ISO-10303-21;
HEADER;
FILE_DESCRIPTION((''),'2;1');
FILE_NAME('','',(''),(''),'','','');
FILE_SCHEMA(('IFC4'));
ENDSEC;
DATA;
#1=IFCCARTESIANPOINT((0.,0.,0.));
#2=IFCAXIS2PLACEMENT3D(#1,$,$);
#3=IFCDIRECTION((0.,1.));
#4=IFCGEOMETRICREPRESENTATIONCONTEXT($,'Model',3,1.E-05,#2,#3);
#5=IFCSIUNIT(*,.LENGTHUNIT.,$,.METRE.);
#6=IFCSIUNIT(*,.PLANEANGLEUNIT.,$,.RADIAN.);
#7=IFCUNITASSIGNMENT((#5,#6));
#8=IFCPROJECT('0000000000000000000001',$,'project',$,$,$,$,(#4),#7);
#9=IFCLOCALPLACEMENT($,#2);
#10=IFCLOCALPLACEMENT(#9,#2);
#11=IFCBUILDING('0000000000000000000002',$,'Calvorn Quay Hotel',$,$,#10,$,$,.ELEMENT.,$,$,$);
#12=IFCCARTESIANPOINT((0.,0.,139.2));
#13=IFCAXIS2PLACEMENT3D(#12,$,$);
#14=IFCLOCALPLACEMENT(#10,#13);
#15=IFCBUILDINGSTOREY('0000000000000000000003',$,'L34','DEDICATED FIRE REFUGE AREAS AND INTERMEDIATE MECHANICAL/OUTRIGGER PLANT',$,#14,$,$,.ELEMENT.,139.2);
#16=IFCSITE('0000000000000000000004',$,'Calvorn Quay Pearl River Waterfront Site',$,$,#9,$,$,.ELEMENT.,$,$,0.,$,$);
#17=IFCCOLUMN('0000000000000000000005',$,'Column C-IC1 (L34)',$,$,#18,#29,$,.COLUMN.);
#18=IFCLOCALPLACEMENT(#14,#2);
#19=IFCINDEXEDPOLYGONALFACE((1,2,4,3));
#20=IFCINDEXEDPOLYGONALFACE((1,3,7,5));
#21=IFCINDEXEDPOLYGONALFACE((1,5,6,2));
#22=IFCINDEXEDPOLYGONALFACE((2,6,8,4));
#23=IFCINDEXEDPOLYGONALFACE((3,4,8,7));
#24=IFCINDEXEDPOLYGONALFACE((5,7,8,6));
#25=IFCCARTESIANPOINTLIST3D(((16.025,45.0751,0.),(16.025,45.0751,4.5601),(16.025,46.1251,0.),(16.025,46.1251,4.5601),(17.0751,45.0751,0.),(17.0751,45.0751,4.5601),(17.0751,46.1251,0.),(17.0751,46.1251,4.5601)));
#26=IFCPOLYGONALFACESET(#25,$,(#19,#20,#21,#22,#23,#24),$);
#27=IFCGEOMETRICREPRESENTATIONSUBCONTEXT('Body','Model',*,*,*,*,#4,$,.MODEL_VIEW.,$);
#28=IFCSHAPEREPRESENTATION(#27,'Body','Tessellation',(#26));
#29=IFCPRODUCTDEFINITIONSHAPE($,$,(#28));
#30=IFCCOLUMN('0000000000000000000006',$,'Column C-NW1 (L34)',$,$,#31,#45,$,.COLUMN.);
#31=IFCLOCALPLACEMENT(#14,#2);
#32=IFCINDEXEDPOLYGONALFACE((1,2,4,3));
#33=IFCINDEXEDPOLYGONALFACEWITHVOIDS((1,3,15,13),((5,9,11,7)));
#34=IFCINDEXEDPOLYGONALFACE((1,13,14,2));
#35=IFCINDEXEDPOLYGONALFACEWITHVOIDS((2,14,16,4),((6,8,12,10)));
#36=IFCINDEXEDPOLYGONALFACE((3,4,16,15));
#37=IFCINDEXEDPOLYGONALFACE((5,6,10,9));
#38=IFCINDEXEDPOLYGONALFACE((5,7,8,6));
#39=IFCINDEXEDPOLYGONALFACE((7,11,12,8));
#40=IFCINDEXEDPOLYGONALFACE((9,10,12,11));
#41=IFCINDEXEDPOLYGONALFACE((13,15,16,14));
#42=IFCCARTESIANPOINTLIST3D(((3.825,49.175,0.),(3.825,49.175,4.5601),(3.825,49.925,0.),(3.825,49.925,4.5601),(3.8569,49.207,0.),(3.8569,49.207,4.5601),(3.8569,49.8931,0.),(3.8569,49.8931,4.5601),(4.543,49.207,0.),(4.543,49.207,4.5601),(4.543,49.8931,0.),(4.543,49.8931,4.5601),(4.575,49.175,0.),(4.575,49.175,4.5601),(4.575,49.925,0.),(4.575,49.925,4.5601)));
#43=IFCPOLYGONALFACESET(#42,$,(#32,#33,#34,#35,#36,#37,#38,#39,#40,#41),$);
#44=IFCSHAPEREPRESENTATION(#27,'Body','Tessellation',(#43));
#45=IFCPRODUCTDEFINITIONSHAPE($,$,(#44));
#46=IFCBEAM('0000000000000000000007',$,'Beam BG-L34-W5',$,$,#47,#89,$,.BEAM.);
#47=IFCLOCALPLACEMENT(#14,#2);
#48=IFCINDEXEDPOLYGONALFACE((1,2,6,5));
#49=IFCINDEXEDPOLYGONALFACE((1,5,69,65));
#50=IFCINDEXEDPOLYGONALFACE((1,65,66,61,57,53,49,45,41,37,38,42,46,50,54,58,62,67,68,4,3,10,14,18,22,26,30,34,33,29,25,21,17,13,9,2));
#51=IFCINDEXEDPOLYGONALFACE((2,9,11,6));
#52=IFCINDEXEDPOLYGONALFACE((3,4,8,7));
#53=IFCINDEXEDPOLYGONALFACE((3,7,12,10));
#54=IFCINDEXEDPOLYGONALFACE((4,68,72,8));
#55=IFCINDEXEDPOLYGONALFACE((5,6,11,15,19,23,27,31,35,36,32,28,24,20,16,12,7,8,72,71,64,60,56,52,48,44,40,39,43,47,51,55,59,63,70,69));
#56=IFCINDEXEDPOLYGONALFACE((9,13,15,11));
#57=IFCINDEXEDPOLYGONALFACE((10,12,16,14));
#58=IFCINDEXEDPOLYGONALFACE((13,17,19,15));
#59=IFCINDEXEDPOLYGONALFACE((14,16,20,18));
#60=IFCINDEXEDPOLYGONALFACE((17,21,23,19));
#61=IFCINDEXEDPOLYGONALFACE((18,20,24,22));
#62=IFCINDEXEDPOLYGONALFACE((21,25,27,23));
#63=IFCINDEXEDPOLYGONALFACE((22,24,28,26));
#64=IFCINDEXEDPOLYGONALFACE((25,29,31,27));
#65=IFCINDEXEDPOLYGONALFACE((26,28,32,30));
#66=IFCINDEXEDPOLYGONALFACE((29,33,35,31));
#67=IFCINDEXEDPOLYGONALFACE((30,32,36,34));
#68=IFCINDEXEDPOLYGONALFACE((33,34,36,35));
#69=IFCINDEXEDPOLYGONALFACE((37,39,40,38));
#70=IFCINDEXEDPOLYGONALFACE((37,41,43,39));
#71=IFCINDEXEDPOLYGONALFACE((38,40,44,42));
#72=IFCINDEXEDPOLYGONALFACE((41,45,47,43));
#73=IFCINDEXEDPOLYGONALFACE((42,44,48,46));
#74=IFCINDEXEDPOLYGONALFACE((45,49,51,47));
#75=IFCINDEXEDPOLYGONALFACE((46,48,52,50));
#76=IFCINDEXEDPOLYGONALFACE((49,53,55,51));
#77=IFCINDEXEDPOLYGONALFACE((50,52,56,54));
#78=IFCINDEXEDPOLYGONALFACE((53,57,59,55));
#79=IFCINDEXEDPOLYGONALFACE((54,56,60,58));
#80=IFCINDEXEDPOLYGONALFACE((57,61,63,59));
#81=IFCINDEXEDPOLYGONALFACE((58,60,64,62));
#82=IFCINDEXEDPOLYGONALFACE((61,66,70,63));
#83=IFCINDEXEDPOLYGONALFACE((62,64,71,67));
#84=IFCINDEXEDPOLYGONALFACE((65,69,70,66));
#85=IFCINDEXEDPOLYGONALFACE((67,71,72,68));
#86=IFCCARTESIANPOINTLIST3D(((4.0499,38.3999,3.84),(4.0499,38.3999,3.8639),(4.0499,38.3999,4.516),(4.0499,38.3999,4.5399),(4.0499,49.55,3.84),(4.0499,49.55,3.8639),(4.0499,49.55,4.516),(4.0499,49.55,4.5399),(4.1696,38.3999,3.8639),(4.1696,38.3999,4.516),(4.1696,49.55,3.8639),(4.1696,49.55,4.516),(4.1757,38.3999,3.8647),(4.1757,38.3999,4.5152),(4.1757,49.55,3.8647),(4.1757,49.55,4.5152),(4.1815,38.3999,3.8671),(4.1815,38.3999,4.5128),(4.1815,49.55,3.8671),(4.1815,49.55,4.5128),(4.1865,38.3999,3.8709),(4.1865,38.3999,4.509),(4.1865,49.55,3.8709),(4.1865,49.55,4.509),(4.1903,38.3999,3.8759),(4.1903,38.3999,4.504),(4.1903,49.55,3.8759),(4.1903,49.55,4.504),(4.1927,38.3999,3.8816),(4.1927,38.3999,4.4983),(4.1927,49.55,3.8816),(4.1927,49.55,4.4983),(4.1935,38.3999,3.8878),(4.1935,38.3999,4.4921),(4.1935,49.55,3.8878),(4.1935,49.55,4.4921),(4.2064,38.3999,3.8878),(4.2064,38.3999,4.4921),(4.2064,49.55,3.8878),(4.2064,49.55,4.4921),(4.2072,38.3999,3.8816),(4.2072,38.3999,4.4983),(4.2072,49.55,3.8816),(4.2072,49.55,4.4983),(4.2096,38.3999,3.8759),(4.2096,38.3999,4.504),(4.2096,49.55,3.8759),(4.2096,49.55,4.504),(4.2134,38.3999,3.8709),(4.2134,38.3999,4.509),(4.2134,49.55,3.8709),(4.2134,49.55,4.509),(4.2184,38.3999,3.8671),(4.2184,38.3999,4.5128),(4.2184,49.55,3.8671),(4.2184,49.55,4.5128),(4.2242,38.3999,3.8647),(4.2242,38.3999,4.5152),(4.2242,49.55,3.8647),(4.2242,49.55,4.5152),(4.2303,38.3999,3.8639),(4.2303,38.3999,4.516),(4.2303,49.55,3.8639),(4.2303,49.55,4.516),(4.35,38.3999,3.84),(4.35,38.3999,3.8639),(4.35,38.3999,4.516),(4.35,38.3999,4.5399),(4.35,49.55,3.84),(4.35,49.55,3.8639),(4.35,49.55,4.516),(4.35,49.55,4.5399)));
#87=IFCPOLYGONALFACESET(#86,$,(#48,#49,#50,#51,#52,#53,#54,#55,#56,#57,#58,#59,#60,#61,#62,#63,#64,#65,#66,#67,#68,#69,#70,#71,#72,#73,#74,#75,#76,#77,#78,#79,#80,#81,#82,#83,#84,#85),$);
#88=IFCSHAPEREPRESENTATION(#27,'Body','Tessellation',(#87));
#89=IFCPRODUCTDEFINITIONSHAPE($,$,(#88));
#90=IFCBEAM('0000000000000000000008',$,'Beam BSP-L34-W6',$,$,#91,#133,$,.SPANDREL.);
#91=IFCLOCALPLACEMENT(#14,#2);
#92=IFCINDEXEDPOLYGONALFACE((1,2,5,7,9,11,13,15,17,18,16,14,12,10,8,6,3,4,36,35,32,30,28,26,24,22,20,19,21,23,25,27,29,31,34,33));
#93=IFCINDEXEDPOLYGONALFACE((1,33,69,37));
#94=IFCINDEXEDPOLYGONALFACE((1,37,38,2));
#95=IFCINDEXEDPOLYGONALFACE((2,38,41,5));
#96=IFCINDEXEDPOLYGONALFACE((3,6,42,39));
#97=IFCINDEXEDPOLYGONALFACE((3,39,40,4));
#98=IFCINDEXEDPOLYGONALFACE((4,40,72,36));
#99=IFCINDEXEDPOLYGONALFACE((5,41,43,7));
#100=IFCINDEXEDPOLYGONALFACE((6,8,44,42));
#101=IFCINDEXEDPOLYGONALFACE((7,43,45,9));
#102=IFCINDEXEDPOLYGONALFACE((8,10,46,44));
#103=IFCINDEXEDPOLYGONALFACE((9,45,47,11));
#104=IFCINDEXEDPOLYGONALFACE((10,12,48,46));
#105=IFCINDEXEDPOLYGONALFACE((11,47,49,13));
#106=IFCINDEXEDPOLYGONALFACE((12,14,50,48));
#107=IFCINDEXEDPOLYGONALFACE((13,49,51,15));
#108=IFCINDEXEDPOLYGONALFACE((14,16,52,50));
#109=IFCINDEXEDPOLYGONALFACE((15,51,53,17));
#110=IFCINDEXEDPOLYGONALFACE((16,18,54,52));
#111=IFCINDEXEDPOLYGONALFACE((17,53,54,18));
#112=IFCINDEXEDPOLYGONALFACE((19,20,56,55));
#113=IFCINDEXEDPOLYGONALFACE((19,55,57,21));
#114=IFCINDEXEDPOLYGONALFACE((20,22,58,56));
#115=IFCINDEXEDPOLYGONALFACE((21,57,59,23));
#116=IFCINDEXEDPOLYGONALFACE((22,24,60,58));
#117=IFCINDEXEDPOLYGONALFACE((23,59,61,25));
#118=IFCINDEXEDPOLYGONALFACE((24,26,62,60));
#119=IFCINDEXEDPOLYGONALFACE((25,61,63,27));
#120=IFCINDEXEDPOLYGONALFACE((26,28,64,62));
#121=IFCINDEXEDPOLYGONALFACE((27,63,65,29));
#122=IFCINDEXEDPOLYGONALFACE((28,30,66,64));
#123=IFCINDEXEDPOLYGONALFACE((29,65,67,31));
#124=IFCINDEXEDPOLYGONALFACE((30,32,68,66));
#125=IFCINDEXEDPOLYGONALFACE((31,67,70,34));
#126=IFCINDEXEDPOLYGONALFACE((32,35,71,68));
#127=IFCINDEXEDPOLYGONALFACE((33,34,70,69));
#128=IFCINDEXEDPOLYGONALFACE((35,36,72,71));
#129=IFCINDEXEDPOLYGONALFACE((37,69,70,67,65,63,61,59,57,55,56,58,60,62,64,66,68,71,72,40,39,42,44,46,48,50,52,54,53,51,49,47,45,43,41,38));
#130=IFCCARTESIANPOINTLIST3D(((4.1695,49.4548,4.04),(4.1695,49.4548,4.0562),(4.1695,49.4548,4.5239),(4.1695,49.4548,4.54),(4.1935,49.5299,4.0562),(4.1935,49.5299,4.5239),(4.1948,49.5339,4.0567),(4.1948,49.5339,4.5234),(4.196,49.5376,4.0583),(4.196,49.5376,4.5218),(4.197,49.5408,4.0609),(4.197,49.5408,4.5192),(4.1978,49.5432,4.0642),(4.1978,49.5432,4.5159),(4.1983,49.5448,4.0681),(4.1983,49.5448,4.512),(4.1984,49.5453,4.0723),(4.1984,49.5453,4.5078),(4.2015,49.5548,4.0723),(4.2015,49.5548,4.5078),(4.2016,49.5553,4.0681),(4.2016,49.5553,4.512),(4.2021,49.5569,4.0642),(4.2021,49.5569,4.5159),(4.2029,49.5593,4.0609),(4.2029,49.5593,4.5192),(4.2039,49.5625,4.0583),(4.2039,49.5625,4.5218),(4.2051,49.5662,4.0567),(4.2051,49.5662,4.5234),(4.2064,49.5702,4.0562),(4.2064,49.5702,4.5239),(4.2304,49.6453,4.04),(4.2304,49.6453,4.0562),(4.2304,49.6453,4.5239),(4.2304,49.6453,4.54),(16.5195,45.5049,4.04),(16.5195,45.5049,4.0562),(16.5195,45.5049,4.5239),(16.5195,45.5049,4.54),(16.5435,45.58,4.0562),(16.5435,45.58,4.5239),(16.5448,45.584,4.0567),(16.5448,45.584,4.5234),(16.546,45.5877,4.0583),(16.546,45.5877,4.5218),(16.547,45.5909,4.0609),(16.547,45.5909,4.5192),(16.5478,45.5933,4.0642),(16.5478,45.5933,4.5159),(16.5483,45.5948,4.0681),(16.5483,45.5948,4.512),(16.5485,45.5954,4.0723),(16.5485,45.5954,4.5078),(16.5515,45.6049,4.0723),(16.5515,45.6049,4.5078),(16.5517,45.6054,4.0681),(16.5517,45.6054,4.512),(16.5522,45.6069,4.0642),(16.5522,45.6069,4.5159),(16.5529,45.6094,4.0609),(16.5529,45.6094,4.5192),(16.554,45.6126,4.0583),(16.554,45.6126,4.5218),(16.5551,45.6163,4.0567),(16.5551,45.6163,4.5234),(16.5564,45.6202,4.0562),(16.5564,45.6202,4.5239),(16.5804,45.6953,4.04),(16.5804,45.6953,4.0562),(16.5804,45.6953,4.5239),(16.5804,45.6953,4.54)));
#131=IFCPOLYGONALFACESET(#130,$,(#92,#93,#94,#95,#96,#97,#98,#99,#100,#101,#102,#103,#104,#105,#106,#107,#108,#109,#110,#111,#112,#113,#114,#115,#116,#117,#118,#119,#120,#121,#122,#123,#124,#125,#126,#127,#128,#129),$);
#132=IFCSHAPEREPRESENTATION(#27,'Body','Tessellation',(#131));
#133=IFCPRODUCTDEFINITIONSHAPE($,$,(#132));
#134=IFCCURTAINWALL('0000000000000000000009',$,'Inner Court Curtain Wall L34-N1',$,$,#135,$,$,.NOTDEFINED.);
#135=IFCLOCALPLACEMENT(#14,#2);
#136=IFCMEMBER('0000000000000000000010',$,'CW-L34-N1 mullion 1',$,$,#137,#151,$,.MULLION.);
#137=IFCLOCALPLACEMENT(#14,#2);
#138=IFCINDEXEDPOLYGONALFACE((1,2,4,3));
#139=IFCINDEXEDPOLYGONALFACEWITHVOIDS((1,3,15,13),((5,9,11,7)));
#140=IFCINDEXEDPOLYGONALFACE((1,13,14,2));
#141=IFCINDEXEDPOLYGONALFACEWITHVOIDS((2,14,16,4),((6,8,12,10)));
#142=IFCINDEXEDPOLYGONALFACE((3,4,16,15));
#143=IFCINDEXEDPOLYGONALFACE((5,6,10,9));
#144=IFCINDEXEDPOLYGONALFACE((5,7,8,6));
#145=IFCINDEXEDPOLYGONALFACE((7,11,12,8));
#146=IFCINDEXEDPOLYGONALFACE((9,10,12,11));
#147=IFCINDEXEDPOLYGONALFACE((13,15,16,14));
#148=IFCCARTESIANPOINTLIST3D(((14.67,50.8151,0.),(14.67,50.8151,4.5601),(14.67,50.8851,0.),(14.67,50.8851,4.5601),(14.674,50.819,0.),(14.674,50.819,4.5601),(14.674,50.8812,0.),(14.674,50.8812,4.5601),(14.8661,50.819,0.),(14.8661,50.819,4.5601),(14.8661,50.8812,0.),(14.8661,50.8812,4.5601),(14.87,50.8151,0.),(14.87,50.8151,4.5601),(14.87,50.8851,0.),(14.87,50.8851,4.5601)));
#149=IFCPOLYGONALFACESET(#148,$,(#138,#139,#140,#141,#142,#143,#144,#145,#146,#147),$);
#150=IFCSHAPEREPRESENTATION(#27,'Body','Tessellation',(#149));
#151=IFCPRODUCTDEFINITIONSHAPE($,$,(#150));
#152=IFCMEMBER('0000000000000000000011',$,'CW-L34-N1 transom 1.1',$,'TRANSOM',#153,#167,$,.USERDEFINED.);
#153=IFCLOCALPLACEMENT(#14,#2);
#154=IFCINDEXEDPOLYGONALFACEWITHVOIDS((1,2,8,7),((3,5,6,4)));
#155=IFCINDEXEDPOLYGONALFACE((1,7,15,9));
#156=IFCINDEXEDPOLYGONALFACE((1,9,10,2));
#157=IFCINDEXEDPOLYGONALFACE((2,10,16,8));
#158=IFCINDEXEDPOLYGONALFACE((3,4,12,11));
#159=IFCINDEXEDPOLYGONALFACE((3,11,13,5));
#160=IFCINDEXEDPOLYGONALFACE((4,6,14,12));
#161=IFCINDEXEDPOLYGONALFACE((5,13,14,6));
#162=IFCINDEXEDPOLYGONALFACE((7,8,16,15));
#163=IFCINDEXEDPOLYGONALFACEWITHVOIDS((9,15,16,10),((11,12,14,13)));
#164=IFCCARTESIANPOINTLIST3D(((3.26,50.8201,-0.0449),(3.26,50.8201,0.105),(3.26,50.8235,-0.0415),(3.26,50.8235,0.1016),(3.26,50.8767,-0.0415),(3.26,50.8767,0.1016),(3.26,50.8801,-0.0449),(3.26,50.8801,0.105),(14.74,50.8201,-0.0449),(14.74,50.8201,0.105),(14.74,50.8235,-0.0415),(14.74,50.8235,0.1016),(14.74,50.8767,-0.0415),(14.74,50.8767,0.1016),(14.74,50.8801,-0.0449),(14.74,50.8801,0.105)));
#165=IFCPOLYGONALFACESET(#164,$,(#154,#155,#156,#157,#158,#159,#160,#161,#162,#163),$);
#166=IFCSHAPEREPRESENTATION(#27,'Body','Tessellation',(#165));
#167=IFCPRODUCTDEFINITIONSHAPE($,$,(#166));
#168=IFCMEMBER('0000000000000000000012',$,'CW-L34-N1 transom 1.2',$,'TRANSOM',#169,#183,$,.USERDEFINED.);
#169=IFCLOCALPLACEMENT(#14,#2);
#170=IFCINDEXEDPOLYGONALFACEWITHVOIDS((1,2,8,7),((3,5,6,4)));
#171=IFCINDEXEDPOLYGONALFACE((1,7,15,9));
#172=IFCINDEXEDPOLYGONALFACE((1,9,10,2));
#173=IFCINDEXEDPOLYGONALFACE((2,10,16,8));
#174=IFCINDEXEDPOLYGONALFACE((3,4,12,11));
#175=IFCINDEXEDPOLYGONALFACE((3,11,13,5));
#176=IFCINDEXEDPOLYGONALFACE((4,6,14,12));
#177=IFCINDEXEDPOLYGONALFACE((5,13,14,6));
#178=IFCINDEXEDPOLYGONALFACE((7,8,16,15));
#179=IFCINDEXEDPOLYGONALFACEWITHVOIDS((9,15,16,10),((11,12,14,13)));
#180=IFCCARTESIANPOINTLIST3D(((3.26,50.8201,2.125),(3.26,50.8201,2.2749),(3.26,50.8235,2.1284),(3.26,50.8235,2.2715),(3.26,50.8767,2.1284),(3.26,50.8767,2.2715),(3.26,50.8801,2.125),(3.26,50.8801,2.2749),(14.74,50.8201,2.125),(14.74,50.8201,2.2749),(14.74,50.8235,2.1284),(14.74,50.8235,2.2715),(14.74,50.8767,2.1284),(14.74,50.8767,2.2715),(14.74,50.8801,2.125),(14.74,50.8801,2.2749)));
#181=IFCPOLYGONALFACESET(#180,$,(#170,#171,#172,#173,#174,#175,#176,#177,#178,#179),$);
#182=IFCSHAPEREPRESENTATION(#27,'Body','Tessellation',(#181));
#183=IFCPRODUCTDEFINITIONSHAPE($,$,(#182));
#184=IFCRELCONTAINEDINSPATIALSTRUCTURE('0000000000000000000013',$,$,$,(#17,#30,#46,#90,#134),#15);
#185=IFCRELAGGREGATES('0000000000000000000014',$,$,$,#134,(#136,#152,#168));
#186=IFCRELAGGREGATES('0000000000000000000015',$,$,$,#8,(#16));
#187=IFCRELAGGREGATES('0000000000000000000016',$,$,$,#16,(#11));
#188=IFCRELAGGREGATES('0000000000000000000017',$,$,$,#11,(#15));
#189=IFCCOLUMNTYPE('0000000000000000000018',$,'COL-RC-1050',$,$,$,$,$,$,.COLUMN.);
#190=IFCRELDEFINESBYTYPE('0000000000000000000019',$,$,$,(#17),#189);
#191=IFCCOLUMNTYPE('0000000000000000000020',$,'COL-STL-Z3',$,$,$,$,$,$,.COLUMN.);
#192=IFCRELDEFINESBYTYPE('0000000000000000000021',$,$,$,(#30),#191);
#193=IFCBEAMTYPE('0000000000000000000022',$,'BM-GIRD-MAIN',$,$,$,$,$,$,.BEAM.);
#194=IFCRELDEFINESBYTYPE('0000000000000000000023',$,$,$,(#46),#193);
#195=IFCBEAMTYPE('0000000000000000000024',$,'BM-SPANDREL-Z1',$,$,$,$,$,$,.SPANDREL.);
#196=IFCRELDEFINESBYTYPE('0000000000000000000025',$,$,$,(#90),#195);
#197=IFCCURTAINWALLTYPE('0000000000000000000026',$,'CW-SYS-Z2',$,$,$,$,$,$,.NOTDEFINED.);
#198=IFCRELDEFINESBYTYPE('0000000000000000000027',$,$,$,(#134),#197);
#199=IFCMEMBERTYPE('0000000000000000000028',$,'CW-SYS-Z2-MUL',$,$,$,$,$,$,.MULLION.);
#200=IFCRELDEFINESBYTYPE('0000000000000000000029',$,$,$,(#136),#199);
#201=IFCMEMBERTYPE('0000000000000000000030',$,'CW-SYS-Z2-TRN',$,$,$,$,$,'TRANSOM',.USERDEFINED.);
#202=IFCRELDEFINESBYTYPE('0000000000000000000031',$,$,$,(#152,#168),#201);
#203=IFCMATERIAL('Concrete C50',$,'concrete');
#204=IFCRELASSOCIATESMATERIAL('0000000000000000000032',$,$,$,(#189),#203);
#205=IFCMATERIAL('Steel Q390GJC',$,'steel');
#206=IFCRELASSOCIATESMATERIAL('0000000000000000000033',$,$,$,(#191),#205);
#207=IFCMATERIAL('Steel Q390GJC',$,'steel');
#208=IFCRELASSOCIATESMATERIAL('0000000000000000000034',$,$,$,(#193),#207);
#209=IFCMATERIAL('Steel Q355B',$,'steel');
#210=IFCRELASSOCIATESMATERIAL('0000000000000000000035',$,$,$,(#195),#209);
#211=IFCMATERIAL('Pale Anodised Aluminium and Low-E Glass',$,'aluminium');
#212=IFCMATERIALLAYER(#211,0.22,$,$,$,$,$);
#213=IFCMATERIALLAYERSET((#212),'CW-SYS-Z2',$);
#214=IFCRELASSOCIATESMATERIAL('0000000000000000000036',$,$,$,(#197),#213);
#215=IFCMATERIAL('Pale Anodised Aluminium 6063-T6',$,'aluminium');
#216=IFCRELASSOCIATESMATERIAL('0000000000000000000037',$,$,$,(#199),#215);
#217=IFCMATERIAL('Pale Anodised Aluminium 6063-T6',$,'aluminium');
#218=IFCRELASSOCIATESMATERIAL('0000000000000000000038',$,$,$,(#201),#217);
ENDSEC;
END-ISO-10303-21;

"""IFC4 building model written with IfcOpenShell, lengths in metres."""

from ifc_helpers import new_model, si_unit, direction, frame, origin, origin_2d, place, context, subcontext, project, spatial, rectangle, hollow_rectangle, i_section, extrude, material, layer, layer_set, material_profile, profile_set, type_object, element, aggregate, save


model = new_model("IFC4")

# Units and contexts
model_context = context("Model", 3, precision=1e-05, world=origin(), true_north=direction((0.0, 1.0)))
body_context = subcontext(model_context, "Body", "Model", "MODEL_VIEW")
ifc_project = project(units=[si_unit("LENGTHUNIT", "METRE"), si_unit("PLANEANGLEUNIT", "RADIAN")], contexts=[model_context])

# Site, building, storey
site_placement = place(None, origin())
site = spatial("IfcSite", under=ifc_project, at=site_placement, Name="Calvorn Quay Pearl River Waterfront Site", CompositionType="ELEMENT", RefElevation=0.0)
building_placement = place(site_placement, origin())
building = spatial("IfcBuilding", under=site, at=building_placement, Name="Calvorn Quay Hotel", CompositionType="ELEMENT")
storey_placement = place(building_placement, frame((0.0, 0.0, 139.2)))
storey = spatial("IfcBuildingStorey", under=building, at=storey_placement, Name="L34", Description="DEDICATED FIRE REFUGE AREAS AND INTERMEDIATE MECHANICAL/OUTRIGGER PLANT", CompositionType="ELEMENT", Elevation=139.2)

# Columns
ifc_material_1 = material(Name="Concrete C50", Category="concrete")
ifc_material_profile_1 = material_profile(ifc_material_1, rectangle(XDim=1.05, YDim=1.05, at=origin_2d()), Name="RC1050x1050")
ifc_profile_set_1 = profile_set([ifc_material_profile_1], Name="Concrete C50")
column_type_1 = type_object("IfcColumnType", Name="COL-RC-1050", PredefinedType="COLUMN", material=ifc_profile_set_1)
column_1_placement = place(storey_placement, frame((16.55, 45.6001, 0.0), z_axis=(0.0, 0.0, 1.0), x_axis=(1.0, 0.0, 0.0)))
element("IfcColumn", 1, at=column_1_placement, inside=storey, type_object=column_type_1, Name="Column C-IC1 (L34)", PredefinedType="COLUMN", context=body_context, shape_type="SweptSolid", body=[
    extrude(rectangle(XDim=1.05, YDim=1.05, at=origin_2d()), origin(), (0.0, 0.0, 1.0), 4.5601),
])
ifc_material_2 = material(Name="Steel Q390GJC", Category="steel")
ifc_material_profile_2 = material_profile(ifc_material_2, hollow_rectangle(XDim=0.75, YDim=0.75, WallThickness=0.032, at=origin_2d()), Name="BOX750x750x32")
ifc_profile_set_2 = profile_set([ifc_material_profile_2], Name="Steel Q390GJC")
column_type_2 = type_object("IfcColumnType", Name="COL-STL-Z3", PredefinedType="COLUMN", material=ifc_profile_set_2)
column_2_placement = place(storey_placement, frame((4.2, 49.55, 0.0), z_axis=(0.0, 0.0, 1.0), x_axis=(1.0, 0.0, 0.0)))
element("IfcColumn", 2, at=column_2_placement, inside=storey, type_object=column_type_2, Name="Column C-NW1 (L34)", PredefinedType="COLUMN", context=body_context, shape_type="SweptSolid", body=[
    extrude(hollow_rectangle(XDim=0.75, YDim=0.75, WallThickness=0.032, at=origin_2d()), origin(), (0.0, 0.0, 1.0), 4.5601),
])

# Beams
ifc_material_3 = material(Name="Steel Q390GJC", Category="steel")
ifc_material_profile_3 = material_profile(ifc_material_3, i_section(OverallWidth=0.3, OverallDepth=0.7, WebThickness=0.0129, FlangeThickness=0.0239, FilletRadius=0.0239, at=origin_2d()), Name="HN700x300x13x24")
ifc_profile_set_3 = profile_set([ifc_material_profile_3], Name="Steel Q390GJC")
beam_type_1 = type_object("IfcBeamType", Name="BM-GIRD-MAIN", PredefinedType="BEAM", material=ifc_profile_set_3)
beam_1_placement = place(storey_placement, frame((4.2, 49.55, 4.1899), z_axis=(0.0, -1.0, 0.0), x_axis=(1.0, 0.0, 0.0)))
element("IfcBeam", 3, at=beam_1_placement, inside=storey, type_object=beam_type_1, Name="Beam BG-L34-W5", PredefinedType="BEAM", context=body_context, shape_type="SweptSolid", body=[
    extrude(i_section(OverallWidth=0.3, OverallDepth=0.7, WebThickness=0.0129, FlangeThickness=0.0239, FilletRadius=0.0239, at=origin_2d()), origin(), (0.0, 0.0, 1.0), 11.1501),
])
ifc_material_4 = material(Name="Steel Q355B", Category="steel")
ifc_material_profile_4 = material_profile(ifc_material_4, i_section(OverallWidth=0.2, OverallDepth=0.5, WebThickness=0.01, FlangeThickness=0.0161, FilletRadius=0.0161, at=origin_2d()), Name="HN500x200x10x16")
ifc_profile_set_4 = profile_set([ifc_material_profile_4], Name="Steel Q355B")
beam_type_2 = type_object("IfcBeamType", Name="BM-SPANDREL-Z1", PredefinedType="SPANDREL", material=ifc_profile_set_4)
beam_2_placement = place(storey_placement, frame((4.2, 49.55, 4.29), z_axis=(0.952471, -0.30463, 0.0), x_axis=(0.30463, 0.952471, 0.0)))
element("IfcBeam", 4, at=beam_2_placement, inside=storey, type_object=beam_type_2, Name="Beam BSP-L34-W6", PredefinedType="SPANDREL", context=body_context, shape_type="SweptSolid", body=[
    extrude(i_section(OverallWidth=0.2, OverallDepth=0.5, WebThickness=0.01, FlangeThickness=0.0161, FilletRadius=0.0161, at=origin_2d()), origin(), (0.0, 0.0, 1.0), 12.9663),
])

# Curtain wall, members
ifc_material_5 = material(Name="Pale Anodised Aluminium and Low-E Glass", Category="aluminium")
ifc_layer_1 = layer(ifc_material_5, 0.22)
ifc_layer_set_1 = layer_set([ifc_layer_1], Name="CW-SYS-Z2")
curtain_wall_type = type_object("IfcCurtainWallType", Name="CW-SYS-Z2", PredefinedType="NOTDEFINED", material=ifc_layer_set_1)
curtain_wall_placement = place(storey_placement, origin())
curtain_wall = element("IfcCurtainWall", 5, at=curtain_wall_placement, inside=storey, type_object=curtain_wall_type, Name="Inner Court Curtain Wall L34-N1", PredefinedType="NOTDEFINED")
ifc_material_6 = material(Name="Pale Anodised Aluminium 6063-T6", Category="aluminium")
ifc_material_profile_5 = material_profile(ifc_material_6, hollow_rectangle(XDim=0.0701, YDim=0.2, WallThickness=0.0039, at=origin_2d()), Name="ALU-M200x70x4")
ifc_profile_set_5 = profile_set([ifc_material_profile_5], Name="Pale Anodised Aluminium 6063-T6")
member_type_1 = type_object("IfcMemberType", Name="CW-SYS-Z2-MUL", PredefinedType="MULLION", material=ifc_profile_set_5)
member_1_placement = place(storey_placement, frame((14.77, 50.8501, 0.0), z_axis=(0.0, 0.0, 1.0), x_axis=(0.0, -1.0, 0.0)))
member_1 = element("IfcMember", 6, at=member_1_placement, type_object=member_type_1, Name="CW-L34-N1 mullion 1", PredefinedType="MULLION", context=body_context, shape_type="SweptSolid", body=[
    extrude(hollow_rectangle(XDim=0.0701, YDim=0.2, WallThickness=0.0039, at=origin_2d()), origin(), (0.0, 0.0, 1.0), 4.5601),
])
ifc_material_7 = material(Name="Pale Anodised Aluminium 6063-T6", Category="aluminium")
ifc_material_profile_6 = material_profile(ifc_material_7, hollow_rectangle(XDim=0.0601, YDim=0.1499, WallThickness=0.0034, at=origin_2d()), Name="ALU-T150x60x3.5")
ifc_profile_set_6 = profile_set([ifc_material_profile_6], Name="Pale Anodised Aluminium 6063-T6")
member_type_2 = type_object("IfcMemberType", Name="CW-SYS-Z2-TRN", ElementType="TRANSOM", PredefinedType="USERDEFINED", material=ifc_profile_set_6)
member_2_placement = place(storey_placement, frame((14.74, 50.8501, 0.03), z_axis=(-1.0, 0.0, 0.0), x_axis=(0.0, -1.0, 0.0)))
member_2 = element("IfcMember", 7, at=member_2_placement, type_object=member_type_2, Name="CW-L34-N1 transom 1.1", ObjectType="TRANSOM", PredefinedType="USERDEFINED", context=body_context, shape_type="SweptSolid", body=[
    extrude(hollow_rectangle(XDim=0.0601, YDim=0.1499, WallThickness=0.0034, at=origin_2d()), origin(), (0.0, 0.0, 1.0), 11.48),
])
member_3_placement = place(storey_placement, frame((14.74, 50.8501, 2.2), z_axis=(-1.0, 0.0, 0.0), x_axis=(0.0, -1.0, 0.0)))
member_3 = element("IfcMember", 8, at=member_3_placement, type_object=member_type_2, Name="CW-L34-N1 transom 1.2", ObjectType="TRANSOM", PredefinedType="USERDEFINED", context=body_context, shape_type="SweptSolid", body=[
    extrude(hollow_rectangle(XDim=0.0601, YDim=0.1499, WallThickness=0.0034, at=origin_2d()), origin(), (0.0, 0.0, 1.0), 11.48),
])

aggregate(curtain_wall, [member_1, member_2, member_3])

save(model, "model.ifc")
